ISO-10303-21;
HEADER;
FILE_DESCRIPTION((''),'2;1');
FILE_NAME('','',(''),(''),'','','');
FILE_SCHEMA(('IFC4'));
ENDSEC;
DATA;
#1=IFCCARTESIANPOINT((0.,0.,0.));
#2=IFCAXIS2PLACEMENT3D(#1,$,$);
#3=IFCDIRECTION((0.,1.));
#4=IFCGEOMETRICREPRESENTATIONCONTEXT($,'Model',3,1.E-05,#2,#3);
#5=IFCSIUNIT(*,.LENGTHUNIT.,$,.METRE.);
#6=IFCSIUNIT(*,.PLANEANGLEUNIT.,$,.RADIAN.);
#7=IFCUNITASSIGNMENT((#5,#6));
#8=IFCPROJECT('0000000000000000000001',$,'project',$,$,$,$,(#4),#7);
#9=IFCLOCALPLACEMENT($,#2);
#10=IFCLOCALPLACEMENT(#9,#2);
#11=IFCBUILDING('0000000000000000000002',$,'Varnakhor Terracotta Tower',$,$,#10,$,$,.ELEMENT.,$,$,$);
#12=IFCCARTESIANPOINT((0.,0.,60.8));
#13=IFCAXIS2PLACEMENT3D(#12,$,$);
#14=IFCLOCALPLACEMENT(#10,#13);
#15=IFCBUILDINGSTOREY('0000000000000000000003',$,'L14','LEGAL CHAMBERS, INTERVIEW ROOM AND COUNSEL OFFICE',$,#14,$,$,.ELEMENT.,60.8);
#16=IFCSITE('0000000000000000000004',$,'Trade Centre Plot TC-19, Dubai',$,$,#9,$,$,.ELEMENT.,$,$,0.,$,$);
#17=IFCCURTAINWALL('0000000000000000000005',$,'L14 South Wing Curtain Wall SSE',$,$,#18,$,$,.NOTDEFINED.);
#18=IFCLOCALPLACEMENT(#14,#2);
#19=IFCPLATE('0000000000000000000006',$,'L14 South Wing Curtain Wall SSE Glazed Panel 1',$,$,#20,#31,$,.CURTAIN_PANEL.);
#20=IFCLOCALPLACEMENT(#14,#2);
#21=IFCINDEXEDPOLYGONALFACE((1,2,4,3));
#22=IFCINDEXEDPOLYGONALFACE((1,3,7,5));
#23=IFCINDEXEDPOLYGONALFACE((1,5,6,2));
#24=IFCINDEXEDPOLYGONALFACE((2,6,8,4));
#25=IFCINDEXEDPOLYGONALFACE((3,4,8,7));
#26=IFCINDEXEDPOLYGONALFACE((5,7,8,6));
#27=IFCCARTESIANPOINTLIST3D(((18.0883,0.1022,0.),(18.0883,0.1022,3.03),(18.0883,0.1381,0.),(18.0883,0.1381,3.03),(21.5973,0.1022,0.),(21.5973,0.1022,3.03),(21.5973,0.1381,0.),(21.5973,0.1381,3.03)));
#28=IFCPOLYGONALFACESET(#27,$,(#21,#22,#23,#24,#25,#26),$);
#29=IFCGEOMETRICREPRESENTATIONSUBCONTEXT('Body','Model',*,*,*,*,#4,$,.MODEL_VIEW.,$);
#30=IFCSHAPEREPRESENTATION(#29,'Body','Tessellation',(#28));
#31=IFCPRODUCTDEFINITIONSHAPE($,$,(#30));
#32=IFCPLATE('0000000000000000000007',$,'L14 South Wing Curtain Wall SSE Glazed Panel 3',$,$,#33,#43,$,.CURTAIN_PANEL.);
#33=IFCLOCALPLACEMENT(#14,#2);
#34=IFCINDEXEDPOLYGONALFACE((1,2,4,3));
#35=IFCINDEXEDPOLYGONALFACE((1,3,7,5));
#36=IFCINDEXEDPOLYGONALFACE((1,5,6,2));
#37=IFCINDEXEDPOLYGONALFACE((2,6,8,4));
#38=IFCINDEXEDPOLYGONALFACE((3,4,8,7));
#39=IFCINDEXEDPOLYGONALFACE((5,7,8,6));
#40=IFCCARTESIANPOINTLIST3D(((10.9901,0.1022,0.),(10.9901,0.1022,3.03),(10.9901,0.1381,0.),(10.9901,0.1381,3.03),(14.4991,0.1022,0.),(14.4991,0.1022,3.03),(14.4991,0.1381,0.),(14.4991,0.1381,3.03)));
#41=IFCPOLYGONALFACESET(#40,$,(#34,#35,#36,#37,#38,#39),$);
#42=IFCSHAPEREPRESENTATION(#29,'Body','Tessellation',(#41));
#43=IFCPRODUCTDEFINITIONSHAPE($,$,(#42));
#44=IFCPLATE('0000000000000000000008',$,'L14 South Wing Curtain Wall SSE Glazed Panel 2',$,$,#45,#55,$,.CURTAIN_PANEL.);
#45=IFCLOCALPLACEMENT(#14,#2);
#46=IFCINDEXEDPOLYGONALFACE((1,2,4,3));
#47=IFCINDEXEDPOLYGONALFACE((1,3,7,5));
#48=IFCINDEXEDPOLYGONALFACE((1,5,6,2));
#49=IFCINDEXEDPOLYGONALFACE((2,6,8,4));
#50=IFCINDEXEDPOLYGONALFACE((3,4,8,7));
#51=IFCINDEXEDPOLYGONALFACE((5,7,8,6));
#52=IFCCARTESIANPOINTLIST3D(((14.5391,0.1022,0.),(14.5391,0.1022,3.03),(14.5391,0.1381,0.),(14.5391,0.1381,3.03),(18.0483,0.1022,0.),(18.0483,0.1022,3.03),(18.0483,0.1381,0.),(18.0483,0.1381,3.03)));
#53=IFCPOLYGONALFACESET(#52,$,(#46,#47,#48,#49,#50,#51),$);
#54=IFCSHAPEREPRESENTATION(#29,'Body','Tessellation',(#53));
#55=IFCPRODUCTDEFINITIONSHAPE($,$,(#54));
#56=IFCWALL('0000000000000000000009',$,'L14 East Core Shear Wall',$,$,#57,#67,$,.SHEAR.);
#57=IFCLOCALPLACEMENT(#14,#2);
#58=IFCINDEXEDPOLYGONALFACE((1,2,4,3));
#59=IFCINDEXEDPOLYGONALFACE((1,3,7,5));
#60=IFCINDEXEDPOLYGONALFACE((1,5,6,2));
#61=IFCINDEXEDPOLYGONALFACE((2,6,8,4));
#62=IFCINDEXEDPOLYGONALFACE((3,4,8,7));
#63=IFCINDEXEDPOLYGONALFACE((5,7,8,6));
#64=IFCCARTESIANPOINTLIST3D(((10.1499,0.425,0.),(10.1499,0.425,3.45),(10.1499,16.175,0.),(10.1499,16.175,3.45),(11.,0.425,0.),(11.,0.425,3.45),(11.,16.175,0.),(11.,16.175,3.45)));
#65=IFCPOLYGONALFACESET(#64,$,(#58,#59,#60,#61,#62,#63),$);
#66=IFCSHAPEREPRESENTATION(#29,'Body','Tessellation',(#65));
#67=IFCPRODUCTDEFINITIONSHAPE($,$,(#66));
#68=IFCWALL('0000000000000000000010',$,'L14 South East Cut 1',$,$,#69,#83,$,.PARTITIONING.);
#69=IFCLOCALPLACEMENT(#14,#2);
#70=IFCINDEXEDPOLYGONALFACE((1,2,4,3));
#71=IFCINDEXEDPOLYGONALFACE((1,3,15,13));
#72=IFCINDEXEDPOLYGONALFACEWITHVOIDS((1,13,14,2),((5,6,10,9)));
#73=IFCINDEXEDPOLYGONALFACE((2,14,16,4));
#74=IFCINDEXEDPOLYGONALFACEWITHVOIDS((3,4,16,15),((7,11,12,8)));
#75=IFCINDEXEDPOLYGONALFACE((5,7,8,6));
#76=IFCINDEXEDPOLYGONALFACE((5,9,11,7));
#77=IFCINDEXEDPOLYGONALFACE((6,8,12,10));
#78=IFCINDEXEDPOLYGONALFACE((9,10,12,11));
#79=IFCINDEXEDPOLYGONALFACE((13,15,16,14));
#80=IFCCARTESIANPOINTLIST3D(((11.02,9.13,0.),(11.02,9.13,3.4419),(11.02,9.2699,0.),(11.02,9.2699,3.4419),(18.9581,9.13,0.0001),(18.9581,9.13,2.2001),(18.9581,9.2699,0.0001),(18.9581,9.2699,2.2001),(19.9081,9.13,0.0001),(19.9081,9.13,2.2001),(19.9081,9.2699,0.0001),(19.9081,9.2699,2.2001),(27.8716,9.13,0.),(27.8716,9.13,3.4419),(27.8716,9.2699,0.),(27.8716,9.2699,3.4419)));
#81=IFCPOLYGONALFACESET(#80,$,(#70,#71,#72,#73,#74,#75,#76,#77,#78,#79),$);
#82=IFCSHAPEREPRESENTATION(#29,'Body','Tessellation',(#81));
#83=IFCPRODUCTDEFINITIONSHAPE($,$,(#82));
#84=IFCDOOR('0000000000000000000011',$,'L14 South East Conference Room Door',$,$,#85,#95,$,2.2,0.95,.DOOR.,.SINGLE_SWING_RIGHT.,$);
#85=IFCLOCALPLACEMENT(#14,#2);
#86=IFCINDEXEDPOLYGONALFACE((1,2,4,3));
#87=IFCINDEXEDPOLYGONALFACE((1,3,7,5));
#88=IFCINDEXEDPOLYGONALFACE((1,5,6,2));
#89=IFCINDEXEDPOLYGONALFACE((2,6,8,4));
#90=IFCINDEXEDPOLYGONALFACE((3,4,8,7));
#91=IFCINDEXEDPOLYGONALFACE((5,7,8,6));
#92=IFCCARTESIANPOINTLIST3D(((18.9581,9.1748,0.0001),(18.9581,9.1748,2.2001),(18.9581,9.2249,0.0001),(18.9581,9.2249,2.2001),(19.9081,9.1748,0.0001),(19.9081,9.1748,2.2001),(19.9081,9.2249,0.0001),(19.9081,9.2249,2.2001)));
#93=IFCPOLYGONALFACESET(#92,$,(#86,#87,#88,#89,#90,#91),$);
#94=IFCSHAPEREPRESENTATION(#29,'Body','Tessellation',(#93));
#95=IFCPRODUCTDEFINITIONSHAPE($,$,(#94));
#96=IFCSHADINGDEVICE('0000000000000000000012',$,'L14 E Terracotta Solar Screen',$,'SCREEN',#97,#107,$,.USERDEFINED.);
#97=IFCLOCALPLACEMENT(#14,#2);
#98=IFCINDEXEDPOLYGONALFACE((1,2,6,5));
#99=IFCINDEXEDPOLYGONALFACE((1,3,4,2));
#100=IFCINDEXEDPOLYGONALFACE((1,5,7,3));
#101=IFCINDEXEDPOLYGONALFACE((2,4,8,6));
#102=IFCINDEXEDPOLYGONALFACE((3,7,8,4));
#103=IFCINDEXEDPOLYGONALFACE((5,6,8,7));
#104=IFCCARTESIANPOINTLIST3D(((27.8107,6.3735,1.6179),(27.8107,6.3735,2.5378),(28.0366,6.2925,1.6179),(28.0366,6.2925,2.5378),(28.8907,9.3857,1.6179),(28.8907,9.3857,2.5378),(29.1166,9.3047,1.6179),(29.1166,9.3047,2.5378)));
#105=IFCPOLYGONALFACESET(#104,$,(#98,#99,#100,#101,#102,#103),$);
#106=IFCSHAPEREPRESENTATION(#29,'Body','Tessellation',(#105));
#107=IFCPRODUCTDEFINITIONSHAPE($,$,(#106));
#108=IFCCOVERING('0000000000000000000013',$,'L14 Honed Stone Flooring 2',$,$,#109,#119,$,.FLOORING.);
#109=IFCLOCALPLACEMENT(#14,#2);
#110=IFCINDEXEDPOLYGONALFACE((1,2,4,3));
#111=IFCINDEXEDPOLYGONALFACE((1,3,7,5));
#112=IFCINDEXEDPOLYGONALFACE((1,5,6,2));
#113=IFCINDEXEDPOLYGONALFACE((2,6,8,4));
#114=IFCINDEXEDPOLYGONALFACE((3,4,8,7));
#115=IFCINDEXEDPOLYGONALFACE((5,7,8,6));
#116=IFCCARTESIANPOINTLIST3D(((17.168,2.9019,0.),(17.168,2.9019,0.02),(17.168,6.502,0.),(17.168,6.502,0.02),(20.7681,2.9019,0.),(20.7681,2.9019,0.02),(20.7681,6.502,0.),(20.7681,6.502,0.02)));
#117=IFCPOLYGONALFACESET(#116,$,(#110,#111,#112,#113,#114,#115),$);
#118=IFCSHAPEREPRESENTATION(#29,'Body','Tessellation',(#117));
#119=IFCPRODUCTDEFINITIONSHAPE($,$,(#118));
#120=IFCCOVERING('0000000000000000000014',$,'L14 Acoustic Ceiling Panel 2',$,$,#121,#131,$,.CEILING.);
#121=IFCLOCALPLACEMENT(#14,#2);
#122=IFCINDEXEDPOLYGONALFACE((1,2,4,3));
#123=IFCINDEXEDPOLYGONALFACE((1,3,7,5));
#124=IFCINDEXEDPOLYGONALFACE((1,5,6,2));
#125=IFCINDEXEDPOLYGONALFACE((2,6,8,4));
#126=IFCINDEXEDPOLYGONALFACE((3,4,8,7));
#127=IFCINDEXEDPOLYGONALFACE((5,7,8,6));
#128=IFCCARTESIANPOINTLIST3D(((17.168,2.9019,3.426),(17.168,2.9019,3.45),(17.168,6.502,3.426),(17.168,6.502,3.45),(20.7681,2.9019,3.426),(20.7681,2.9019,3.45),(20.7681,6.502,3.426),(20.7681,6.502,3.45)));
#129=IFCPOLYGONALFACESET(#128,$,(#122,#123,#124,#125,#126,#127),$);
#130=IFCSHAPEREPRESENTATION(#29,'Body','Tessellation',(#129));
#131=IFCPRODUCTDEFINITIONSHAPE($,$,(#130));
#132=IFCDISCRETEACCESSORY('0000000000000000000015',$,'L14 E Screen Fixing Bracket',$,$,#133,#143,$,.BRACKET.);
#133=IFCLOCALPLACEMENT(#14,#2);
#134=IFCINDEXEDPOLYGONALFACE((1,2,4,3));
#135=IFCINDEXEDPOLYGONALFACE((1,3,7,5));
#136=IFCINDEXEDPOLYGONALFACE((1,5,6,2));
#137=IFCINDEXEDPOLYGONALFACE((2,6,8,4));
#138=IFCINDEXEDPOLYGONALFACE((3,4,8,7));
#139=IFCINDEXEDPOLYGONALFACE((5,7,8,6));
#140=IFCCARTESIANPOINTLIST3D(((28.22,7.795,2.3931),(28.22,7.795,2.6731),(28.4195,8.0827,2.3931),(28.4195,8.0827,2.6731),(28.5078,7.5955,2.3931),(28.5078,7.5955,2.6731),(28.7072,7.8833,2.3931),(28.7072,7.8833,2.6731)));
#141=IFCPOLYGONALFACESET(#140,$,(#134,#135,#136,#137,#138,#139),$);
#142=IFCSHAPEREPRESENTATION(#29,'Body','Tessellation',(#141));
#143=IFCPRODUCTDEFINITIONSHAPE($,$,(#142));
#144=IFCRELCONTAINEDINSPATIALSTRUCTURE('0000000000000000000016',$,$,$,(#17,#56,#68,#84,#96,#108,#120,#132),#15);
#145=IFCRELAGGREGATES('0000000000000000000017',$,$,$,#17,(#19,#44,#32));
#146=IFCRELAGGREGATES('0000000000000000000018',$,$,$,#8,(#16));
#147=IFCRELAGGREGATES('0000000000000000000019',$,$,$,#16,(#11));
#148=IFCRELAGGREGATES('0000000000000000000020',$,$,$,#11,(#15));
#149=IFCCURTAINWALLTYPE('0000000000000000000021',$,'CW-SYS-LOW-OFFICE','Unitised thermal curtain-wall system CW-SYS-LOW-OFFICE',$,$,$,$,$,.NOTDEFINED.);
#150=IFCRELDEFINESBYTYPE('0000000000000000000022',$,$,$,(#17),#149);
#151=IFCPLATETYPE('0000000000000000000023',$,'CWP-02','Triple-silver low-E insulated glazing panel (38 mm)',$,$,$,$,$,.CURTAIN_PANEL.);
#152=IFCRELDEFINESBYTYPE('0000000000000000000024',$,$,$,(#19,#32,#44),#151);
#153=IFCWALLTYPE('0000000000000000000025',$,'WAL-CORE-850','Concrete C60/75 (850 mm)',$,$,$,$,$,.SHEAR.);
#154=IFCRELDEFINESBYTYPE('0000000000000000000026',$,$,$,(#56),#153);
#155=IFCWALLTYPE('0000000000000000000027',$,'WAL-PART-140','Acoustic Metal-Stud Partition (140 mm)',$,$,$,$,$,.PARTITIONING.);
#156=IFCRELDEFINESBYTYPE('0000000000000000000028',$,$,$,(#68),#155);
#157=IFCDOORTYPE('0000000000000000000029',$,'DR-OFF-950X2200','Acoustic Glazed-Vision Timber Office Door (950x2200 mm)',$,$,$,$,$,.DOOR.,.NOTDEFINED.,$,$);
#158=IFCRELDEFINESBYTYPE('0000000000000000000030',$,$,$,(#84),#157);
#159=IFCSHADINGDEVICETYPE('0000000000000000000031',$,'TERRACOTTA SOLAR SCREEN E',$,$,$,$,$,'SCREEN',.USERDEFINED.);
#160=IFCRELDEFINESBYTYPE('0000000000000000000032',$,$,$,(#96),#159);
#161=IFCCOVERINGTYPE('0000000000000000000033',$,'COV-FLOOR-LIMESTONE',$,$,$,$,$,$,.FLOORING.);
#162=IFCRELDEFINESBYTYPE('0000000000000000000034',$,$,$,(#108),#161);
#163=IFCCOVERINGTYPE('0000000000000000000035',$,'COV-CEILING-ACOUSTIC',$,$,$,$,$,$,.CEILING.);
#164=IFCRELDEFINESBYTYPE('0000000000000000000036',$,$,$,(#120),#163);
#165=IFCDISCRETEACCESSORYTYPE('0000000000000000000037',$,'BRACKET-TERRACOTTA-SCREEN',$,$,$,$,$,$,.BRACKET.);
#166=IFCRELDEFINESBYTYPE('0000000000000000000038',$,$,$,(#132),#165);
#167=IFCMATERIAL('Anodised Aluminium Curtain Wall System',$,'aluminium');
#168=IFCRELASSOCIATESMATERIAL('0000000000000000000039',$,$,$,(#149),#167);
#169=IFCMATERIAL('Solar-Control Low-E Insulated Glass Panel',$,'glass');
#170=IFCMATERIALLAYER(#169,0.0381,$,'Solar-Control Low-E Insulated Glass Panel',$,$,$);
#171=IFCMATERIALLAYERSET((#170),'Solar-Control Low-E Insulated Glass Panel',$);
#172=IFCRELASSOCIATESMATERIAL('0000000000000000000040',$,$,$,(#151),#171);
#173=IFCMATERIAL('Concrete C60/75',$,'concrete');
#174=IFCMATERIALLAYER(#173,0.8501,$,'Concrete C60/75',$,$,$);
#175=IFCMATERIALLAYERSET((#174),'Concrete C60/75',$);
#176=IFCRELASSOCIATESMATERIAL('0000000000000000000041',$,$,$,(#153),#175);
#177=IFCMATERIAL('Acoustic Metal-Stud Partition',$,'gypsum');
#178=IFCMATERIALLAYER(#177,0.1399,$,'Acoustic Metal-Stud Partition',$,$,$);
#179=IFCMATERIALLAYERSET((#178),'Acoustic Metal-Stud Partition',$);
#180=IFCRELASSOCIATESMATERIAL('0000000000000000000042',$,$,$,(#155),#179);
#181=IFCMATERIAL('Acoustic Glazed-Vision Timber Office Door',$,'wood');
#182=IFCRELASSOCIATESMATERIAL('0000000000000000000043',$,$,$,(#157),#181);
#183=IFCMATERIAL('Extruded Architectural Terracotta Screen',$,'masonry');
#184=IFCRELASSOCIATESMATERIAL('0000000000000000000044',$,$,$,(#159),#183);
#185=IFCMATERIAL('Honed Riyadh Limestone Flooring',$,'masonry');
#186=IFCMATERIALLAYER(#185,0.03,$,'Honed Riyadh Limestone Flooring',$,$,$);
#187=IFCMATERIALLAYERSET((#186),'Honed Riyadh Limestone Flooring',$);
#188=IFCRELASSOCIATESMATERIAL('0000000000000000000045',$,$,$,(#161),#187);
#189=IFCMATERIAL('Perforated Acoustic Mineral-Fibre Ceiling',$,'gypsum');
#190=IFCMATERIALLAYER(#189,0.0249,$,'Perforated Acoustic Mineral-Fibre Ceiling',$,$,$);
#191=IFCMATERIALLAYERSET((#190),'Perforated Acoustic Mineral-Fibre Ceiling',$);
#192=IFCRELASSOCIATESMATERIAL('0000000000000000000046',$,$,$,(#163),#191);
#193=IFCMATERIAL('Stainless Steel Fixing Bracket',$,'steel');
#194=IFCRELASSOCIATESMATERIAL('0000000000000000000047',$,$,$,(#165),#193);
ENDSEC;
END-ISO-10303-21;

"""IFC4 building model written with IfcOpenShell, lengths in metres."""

from ifc_helpers import new_model, si_unit, direction, frame, frame_2d, origin, origin_2d, place, context, subcontext, project, spatial, rectangle, extrude, source, transform, mapped, material, layer, layer_set, type_object, type_shapes, element, fill, aggregate, save


model = new_model("IFC4")

# Units and contexts
model_context = context("Model", 3, precision=1e-05, world=origin(), true_north=direction((0.0, 1.0)))
body_context = subcontext(model_context, "Body", "Model", "MODEL_VIEW")
ifc_project = project(units=[si_unit("LENGTHUNIT", "METRE"), si_unit("PLANEANGLEUNIT", "RADIAN")], contexts=[model_context])

# Site, building, storey
site_placement = place(None, origin())
site = spatial("IfcSite", under=ifc_project, at=site_placement, Name="Trade Centre Plot TC-19, Dubai", CompositionType="ELEMENT", RefElevation=0.0)
building_placement = place(site_placement, origin())
building = spatial("IfcBuilding", under=site, at=building_placement, Name="Varnakhor Terracotta Tower", CompositionType="ELEMENT")
storey_placement = place(building_placement, frame((0.0, 0.0, 60.8)))
storey = spatial("IfcBuildingStorey", under=building, at=storey_placement, Name="L14", Description="LEGAL CHAMBERS, INTERVIEW ROOM AND COUNSEL OFFICE", CompositionType="ELEMENT", Elevation=60.8)

# Curtain wall
ifc_material_1 = material(Name="Anodised Aluminium Curtain Wall System", Category="aluminium")
curtain_wall_type = type_object("IfcCurtainWallType", Name="CW-SYS-LOW-OFFICE", Description="Unitised thermal curtain-wall system CW-SYS-LOW-OFFICE", PredefinedType="NOTDEFINED", material=ifc_material_1)
curtain_wall_1_placement = place(storey_placement, origin())
curtain_wall_1 = element("IfcCurtainWall", 1, at=curtain_wall_1_placement, inside=storey, type_object=curtain_wall_type, Name="L14 South Wing Curtain Wall SSE", PredefinedType="NOTDEFINED")

# Plates
ifc_material_2 = material(Name="Solar-Control Low-E Insulated Glass Panel", Category="glass")
ifc_layer_1 = layer(ifc_material_2, 0.0381, Name="Solar-Control Low-E Insulated Glass Panel")
ifc_layer_set_1 = layer_set([ifc_layer_1], Name="Solar-Control Low-E Insulated Glass Panel")
plate_type_1 = type_object("IfcPlateType", Name="CWP-02", Description="Triple-silver low-E insulated glazing panel (38 mm)", PredefinedType="CURTAIN_PANEL", material=ifc_layer_set_1)
shared_shape_1 = source(origin(), body_context, "Body", "SweptSolid", [
    extrude(rectangle(XDim=3.509, YDim=0.0359, at=origin_2d()), origin(), (0.0, 0.0, 1.0), 3.03),
])
plate_1_placement = place(storey_placement, frame((19.8428, 0.1201, 0.0), z_axis=(0.0, 0.0, 1.0), x_axis=(-1.0, 0.0, 0.0)))
plate_1 = element("IfcPlate", 2, at=plate_1_placement, type_object=plate_type_1, Name="L14 South Wing Curtain Wall SSE Glazed Panel 1", PredefinedType="CURTAIN_PANEL", context=body_context, shape_type="MappedRepresentation", body=[
    mapped(shared_shape_1, transform((0.0, 0.0, 0.0), scale=1.0)),
])
plate_2_placement = place(storey_placement, frame((12.7446, 0.1201, 0.0), z_axis=(0.0, 0.0, 1.0), x_axis=(-1.0, 0.0, 0.0)))
plate_2 = element("IfcPlate", 3, at=plate_2_placement, type_object=plate_type_1, Name="L14 South Wing Curtain Wall SSE Glazed Panel 3", PredefinedType="CURTAIN_PANEL", context=body_context, shape_type="MappedRepresentation", body=[
    mapped(shared_shape_1, transform((0.0, 0.0, 0.0), scale=1.0)),
])
shared_shape_2 = source(origin(), body_context, "Body", "SweptSolid", [
    extrude(rectangle(XDim=3.5093, YDim=0.0359, at=origin_2d()), origin(), (0.0, 0.0, 1.0), 3.03),
])
plate_3_placement = place(storey_placement, frame((16.2937, 0.1201, 0.0), z_axis=(0.0, 0.0, 1.0), x_axis=(-1.0, 0.0, 0.0)))
plate_3 = element("IfcPlate", 4, at=plate_3_placement, type_object=plate_type_1, Name="L14 South Wing Curtain Wall SSE Glazed Panel 2", PredefinedType="CURTAIN_PANEL", context=body_context, shape_type="MappedRepresentation", body=[
    mapped(shared_shape_2, transform((0.0, 0.0, 0.0), scale=1.0)),
])
aggregate(curtain_wall_1, [plate_1, plate_3, plate_2])

# Wall
ifc_material_3 = material(Name="Concrete C60/75", Category="concrete")
ifc_layer_2 = layer(ifc_material_3, 0.8501, Name="Concrete C60/75")
ifc_layer_set_2 = layer_set([ifc_layer_2], Name="Concrete C60/75")
wall_type_1 = type_object("IfcWallType", Name="WAL-CORE-850", Description="Concrete C60/75 (850 mm)", PredefinedType="SHEAR", material=ifc_layer_set_2)
wall_1_placement = place(storey_placement, frame((10.575, 0.425, 0.0), z_axis=(0.0, 0.0, 1.0), x_axis=(0.0, 1.0, 0.0)))
element("IfcWall", 5, at=wall_1_placement, inside=storey, type_object=wall_type_1, Name="L14 East Core Shear Wall", PredefinedType="SHEAR", context=body_context, shape_type="SweptSolid", body=[
    extrude(rectangle(XDim=15.75, YDim=0.8501, at=frame_2d((7.875, 0.0))), origin(), (0.0, 0.0, 1.0), 3.45),
])

# Wall, opening, door
ifc_material_4 = material(Name="Acoustic Metal-Stud Partition", Category="gypsum")
ifc_layer_3 = layer(ifc_material_4, 0.1399, Name="Acoustic Metal-Stud Partition")
ifc_layer_set_3 = layer_set([ifc_layer_3], Name="Acoustic Metal-Stud Partition")
wall_type_2 = type_object("IfcWallType", Name="WAL-PART-140", Description="Acoustic Metal-Stud Partition (140 mm)", PredefinedType="PARTITIONING", material=ifc_layer_set_3)
wall_2_placement = place(storey_placement, frame((11.02, 9.2, 0.0), z_axis=(0.0, 0.0, 1.0), x_axis=(1.0, 0.0, 0.0)))
wall_2 = element("IfcWall", 6, at=wall_2_placement, inside=storey, type_object=wall_type_2, Name="L14 South East Cut 1", PredefinedType="PARTITIONING", context=body_context, shape_type="SweptSolid", body=[
    extrude(rectangle(XDim=16.8516, YDim=0.1399, at=frame_2d((8.4258, 0.0))), origin(), (0.0, 0.0, 1.0), 3.4419),
])
opening_placement = place(wall_2_placement, frame((7.938, 0.0, 0.0)))
opening = element("IfcOpeningElement", 7, at=opening_placement, cuts=wall_2, PredefinedType="OPENING", context=body_context, shape_type="SweptSolid", body=[
    extrude(rectangle(XDim=0.95, YDim=2.2, at=frame_2d((0.4751, 1.1001))), frame((0.0, 0.0801, 0.0), z_axis=(0.0, -1.0, 0.0), x_axis=(1.0, 0.0, 0.0)), (0.0, 0.0, 1.0), 0.1599),
])
ifc_material_5 = material(Name="Acoustic Glazed-Vision Timber Office Door", Category="wood")
door_type = type_object("IfcDoorType", Name="DR-OFF-950X2200", Description="Acoustic Glazed-Vision Timber Office Door (950x2200 mm)", OperationType="NOTDEFINED", PredefinedType="DOOR", material=ifc_material_5)
shared_shape_3 = source(origin(), body_context, "Body", "SweptSolid", [
    extrude(rectangle(XDim=0.95, YDim=2.2, at=frame_2d((0.4751, 1.1001))), frame((0.0, 0.0249, 0.0), z_axis=(0.0, -1.0, 0.0), x_axis=(1.0, 0.0, 0.0)), (0.0, 0.0, 1.0), 0.05),
])
type_shapes(door_type, [shared_shape_3])
door_placement = place(opening_placement, origin())
door = element("IfcDoor", 8, at=door_placement, inside=storey, type_object=door_type, Name="L14 South East Conference Room Door", OperationType="SINGLE_SWING_RIGHT", OverallHeight=2.2, OverallWidth=0.95, PredefinedType="DOOR", context=body_context, shape_type="MappedRepresentation", body=[
    mapped(shared_shape_3, transform((0.0, 0.0, 0.0), scale=1.0)),
])
fill(opening, door)

# Shading device
ifc_material_6 = material(Name="Extruded Architectural Terracotta Screen", Category="masonry")
shading_device_type = type_object("IfcShadingDeviceType", Name="TERRACOTTA SOLAR SCREEN E", ElementType="SCREEN", PredefinedType="USERDEFINED", material=ifc_material_6)
shared_shape_4 = source(origin(), body_context, "Body", "SweptSolid", [
    extrude(rectangle(XDim=3.2, YDim=0.24, at=origin_2d()), origin(), (0.0, 0.0, 1.0), 0.9199),
])
type_shapes(shading_device_type, [shared_shape_4])
shading_device_placement = place(storey_placement, frame((28.4636, 7.8391, 1.6179), z_axis=(0.0, 0.0, 1.0), x_axis=(0.337506, 0.941323, 0.0)))
element("IfcShadingDevice", 9, at=shading_device_placement, inside=storey, type_object=shading_device_type, Name="L14 E Terracotta Solar Screen", ObjectType="SCREEN", PredefinedType="USERDEFINED", context=body_context, shape_type="MappedRepresentation", body=[
    mapped(shared_shape_4, transform((0.0, 0.0, 0.0), scale=1.0)),
])

# Coverings
ifc_material_7 = material(Name="Honed Riyadh Limestone Flooring", Category="masonry")
ifc_layer_4 = layer(ifc_material_7, 0.03, Name="Honed Riyadh Limestone Flooring")
ifc_layer_set_4 = layer_set([ifc_layer_4], Name="Honed Riyadh Limestone Flooring")
covering_type_1 = type_object("IfcCoveringType", Name="COV-FLOOR-LIMESTONE", PredefinedType="FLOORING", material=ifc_layer_set_4)
shared_shape_5 = source(origin(), body_context, "Body", "SweptSolid", [
    extrude(rectangle(XDim=3.6001, YDim=3.6001, at=origin_2d()), origin(), (0.0, 0.0, 1.0), 0.02),
])
covering_1_placement = place(storey_placement, frame((18.968, 4.7019, 0.0), z_axis=(0.0, 0.0, 1.0), x_axis=(1.0, 0.0, 0.0)))
element("IfcCovering", 10, at=covering_1_placement, inside=storey, type_object=covering_type_1, Name="L14 Honed Stone Flooring 2", PredefinedType="FLOORING", context=body_context, shape_type="MappedRepresentation", body=[
    mapped(shared_shape_5, transform((0.0, 0.0, 0.0), scale=1.0)),
])
ifc_material_8 = material(Name="Perforated Acoustic Mineral-Fibre Ceiling", Category="gypsum")
ifc_layer_5 = layer(ifc_material_8, 0.0249, Name="Perforated Acoustic Mineral-Fibre Ceiling")
ifc_layer_set_5 = layer_set([ifc_layer_5], Name="Perforated Acoustic Mineral-Fibre Ceiling")
covering_type_2 = type_object("IfcCoveringType", Name="COV-CEILING-ACOUSTIC", PredefinedType="CEILING", material=ifc_layer_set_5)
shared_shape_6 = source(origin(), body_context, "Body", "SweptSolid", [
    extrude(rectangle(XDim=3.6001, YDim=3.6001, at=origin_2d()), origin(), (0.0, 0.0, 1.0), 0.0239),
])
covering_2_placement = place(storey_placement, frame((18.968, 4.7019, 3.426), z_axis=(0.0, 0.0, 1.0), x_axis=(1.0, 0.0, 0.0)))
element("IfcCovering", 11, at=covering_2_placement, inside=storey, type_object=covering_type_2, Name="L14 Acoustic Ceiling Panel 2", PredefinedType="CEILING", context=body_context, shape_type="MappedRepresentation", body=[
    mapped(shared_shape_6, transform((0.0, 0.0, 0.0), scale=1.0)),
])

# Discrete accessory
ifc_material_9 = material(Name="Stainless Steel Fixing Bracket", Category="steel")
discrete_accessory_type = type_object("IfcDiscreteAccessoryType", Name="BRACKET-TERRACOTTA-SCREEN", PredefinedType="BRACKET", material=ifc_material_9)
shared_shape_7 = source(origin(), body_context, "Body", "SweptSolid", [
    extrude(rectangle(XDim=0.3501, YDim=0.3501, at=origin_2d()), origin(), (0.0, 0.0, 1.0), 0.28),
])
type_shapes(discrete_accessory_type, [shared_shape_7])
discrete_accessory_placement = place(storey_placement, frame((28.4636, 7.8391, 2.3931), z_axis=(0.0, 0.0, 1.0), x_axis=(0.569638, 0.821896, 0.0)))
element("IfcDiscreteAccessory", 12, at=discrete_accessory_placement, inside=storey, type_object=discrete_accessory_type, Name="L14 E Screen Fixing Bracket", PredefinedType="BRACKET", context=body_context, shape_type="MappedRepresentation", body=[
    mapped(shared_shape_7, transform((0.0, 0.0, 0.0), scale=1.0)),
])

save(model, "model.ifc")
